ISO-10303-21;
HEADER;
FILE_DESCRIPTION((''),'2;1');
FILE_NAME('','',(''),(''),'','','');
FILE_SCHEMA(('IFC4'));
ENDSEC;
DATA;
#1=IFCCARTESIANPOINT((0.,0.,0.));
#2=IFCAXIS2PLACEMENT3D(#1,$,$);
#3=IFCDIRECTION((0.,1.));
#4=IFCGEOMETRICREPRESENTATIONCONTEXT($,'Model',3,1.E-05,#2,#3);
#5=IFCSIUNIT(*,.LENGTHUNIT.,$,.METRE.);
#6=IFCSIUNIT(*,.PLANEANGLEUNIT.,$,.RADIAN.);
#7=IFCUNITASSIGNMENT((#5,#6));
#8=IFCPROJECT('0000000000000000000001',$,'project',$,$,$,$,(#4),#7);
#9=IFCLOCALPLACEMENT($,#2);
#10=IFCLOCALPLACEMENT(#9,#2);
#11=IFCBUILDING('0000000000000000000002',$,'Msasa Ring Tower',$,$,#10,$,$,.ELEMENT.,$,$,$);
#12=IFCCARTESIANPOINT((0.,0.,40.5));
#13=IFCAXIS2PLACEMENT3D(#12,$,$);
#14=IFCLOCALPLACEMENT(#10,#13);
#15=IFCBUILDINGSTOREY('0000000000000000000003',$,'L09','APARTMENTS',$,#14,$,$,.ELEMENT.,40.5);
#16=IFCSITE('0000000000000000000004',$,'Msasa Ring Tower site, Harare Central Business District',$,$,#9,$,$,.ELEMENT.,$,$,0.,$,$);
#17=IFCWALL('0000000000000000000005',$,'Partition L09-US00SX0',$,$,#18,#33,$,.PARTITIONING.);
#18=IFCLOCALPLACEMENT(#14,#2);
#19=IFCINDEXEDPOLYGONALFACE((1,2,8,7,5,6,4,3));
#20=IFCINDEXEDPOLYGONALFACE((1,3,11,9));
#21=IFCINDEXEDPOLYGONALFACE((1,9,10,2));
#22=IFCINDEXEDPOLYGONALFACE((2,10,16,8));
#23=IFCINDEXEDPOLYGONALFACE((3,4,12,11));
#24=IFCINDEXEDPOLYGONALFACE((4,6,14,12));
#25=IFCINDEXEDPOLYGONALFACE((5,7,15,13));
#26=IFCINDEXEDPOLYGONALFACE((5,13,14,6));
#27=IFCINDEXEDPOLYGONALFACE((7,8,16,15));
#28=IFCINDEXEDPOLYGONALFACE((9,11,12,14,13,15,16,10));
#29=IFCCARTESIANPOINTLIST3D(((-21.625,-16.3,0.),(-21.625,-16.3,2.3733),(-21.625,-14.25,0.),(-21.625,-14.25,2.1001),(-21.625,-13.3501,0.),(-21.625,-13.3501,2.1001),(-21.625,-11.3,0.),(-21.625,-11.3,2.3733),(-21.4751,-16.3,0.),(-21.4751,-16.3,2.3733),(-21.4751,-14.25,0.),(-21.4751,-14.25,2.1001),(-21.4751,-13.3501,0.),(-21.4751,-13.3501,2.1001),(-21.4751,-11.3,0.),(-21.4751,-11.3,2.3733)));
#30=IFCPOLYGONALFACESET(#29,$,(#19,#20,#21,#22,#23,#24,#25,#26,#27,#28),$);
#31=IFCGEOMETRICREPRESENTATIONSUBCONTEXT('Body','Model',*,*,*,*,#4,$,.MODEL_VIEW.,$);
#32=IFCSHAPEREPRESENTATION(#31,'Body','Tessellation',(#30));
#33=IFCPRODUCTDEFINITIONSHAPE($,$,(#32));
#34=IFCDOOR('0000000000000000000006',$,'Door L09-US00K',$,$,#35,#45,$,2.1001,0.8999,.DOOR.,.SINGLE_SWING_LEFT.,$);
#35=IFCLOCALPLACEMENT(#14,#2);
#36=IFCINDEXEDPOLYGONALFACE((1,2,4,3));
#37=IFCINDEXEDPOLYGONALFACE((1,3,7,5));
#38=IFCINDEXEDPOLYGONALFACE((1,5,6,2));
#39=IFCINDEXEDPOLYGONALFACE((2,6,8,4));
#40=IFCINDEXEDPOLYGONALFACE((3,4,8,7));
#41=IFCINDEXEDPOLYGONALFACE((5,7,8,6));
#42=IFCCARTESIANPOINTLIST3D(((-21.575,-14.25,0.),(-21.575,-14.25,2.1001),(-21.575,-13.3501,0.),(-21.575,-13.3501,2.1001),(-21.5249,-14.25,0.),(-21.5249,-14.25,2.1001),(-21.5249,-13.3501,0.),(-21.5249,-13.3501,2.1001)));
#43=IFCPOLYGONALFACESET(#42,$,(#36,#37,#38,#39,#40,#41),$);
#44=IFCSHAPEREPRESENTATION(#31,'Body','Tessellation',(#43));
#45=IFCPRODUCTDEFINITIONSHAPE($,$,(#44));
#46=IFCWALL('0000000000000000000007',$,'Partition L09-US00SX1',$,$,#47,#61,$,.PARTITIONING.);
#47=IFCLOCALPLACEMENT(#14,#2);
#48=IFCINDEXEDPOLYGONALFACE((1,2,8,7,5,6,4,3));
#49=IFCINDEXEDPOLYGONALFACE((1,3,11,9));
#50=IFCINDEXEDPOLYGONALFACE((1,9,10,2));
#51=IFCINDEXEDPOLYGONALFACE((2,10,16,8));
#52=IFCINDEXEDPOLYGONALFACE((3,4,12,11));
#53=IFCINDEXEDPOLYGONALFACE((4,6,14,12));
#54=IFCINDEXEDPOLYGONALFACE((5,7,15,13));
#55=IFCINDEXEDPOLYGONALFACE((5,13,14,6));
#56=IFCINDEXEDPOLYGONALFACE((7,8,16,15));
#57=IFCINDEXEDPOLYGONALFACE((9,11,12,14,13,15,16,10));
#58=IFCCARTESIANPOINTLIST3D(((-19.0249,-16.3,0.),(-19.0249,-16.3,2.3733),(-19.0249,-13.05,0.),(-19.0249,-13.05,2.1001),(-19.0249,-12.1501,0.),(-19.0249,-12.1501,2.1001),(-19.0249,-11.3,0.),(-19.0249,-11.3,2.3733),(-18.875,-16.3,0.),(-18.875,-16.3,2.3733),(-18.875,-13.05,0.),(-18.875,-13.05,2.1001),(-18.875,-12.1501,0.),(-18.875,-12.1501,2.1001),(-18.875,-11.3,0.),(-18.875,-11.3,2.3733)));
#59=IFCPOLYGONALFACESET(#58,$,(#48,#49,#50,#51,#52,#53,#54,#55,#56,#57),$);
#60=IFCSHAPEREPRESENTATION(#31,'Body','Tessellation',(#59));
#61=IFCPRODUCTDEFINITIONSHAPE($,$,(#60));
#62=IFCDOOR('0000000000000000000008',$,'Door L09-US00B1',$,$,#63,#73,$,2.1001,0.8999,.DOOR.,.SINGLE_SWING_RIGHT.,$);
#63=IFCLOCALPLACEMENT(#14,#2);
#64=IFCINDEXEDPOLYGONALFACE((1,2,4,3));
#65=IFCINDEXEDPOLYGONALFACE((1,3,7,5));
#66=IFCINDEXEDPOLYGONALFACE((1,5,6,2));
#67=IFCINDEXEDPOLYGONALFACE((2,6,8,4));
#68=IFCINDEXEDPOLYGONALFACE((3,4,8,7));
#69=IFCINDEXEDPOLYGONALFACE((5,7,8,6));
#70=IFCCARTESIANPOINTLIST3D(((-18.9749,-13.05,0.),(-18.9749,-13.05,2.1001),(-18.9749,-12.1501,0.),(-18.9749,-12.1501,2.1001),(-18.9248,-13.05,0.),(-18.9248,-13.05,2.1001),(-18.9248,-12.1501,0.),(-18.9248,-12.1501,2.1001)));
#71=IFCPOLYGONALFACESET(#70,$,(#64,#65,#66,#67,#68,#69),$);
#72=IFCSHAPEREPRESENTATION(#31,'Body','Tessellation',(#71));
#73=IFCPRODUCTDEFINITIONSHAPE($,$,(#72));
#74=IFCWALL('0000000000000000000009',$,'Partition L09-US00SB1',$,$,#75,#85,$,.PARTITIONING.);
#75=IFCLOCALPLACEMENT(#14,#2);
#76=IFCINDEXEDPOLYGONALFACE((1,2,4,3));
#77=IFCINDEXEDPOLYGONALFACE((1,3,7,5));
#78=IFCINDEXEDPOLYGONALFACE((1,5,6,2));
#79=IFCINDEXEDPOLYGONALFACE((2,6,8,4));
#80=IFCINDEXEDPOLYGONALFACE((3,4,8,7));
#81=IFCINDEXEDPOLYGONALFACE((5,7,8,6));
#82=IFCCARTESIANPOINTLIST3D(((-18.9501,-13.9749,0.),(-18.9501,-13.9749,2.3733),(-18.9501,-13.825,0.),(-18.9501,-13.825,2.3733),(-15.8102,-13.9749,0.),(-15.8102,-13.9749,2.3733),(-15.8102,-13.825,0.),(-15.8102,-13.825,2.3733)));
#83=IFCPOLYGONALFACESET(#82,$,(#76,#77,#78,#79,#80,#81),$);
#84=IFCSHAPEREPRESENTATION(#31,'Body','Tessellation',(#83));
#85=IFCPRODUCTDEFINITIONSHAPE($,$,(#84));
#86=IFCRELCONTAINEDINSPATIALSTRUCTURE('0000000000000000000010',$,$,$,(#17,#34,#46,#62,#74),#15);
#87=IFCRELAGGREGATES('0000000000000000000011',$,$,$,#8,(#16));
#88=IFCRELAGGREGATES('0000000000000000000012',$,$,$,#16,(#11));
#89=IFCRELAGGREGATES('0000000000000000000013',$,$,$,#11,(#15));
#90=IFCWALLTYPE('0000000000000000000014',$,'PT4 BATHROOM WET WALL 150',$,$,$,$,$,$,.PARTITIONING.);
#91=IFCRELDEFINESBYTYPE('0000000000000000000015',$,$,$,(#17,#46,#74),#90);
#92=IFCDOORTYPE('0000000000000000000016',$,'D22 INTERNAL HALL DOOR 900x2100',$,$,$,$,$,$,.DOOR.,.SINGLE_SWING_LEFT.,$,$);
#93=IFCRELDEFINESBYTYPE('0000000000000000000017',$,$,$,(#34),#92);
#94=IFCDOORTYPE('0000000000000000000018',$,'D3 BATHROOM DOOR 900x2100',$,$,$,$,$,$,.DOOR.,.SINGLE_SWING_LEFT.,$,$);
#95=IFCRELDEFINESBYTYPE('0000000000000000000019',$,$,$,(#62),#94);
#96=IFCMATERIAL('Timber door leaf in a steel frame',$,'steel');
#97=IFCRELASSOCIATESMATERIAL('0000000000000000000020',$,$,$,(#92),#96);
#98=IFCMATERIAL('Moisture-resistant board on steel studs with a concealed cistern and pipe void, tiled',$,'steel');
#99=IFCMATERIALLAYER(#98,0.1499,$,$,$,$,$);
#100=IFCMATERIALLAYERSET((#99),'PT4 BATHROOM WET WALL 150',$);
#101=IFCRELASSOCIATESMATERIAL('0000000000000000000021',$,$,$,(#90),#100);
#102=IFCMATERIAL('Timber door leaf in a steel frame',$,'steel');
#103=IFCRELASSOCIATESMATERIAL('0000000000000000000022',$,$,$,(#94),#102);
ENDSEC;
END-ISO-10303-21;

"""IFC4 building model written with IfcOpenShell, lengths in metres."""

from ifc_helpers import new_model, si_unit, direction, frame, frame_2d, origin, place, context, subcontext, project, spatial, rectangle, extrude, material, layer, layer_set, type_object, element, fill, save


model = new_model("IFC4")

# Units and contexts
model_context = context("Model", 3, precision=1e-05, world=origin(), true_north=direction((0.0, 1.0)))
body_context = subcontext(model_context, "Body", "Model", "MODEL_VIEW")
ifc_project = project(units=[si_unit("LENGTHUNIT", "METRE"), si_unit("PLANEANGLEUNIT", "RADIAN")], contexts=[model_context])

# Site, building, storey
site_placement = place(None, origin())
site = spatial("IfcSite", under=ifc_project, at=site_placement, Name="Msasa Ring Tower site, Harare Central Business District", CompositionType="ELEMENT", RefElevation=0.0)
building_placement = place(site_placement, origin())
building = spatial("IfcBuilding", under=site, at=building_placement, Name="Msasa Ring Tower", CompositionType="ELEMENT")
storey_placement = place(building_placement, frame((0.0, 0.0, 40.5)))
storey = spatial("IfcBuildingStorey", under=building, at=storey_placement, Name="L09", Description="APARTMENTS", CompositionType="ELEMENT", Elevation=40.5)

# Shared definitions
ifc_material_1 = material(Name="Timber door leaf in a steel frame", Category="steel")
door_type_1 = type_object("IfcDoorType", Name="D22 INTERNAL HALL DOOR 900x2100", OperationType="SINGLE_SWING_LEFT", PredefinedType="DOOR", material=ifc_material_1)

# Walls, openings, doors
ifc_material_2 = material(Name="Moisture-resistant board on steel studs with a concealed cistern and pipe void, tiled", Category="steel")
ifc_layer_1 = layer(ifc_material_2, 0.1499)
ifc_layer_set_1 = layer_set([ifc_layer_1], Name="PT4 BATHROOM WET WALL 150")
wall_type_1 = type_object("IfcWallType", Name="PT4 BATHROOM WET WALL 150", PredefinedType="PARTITIONING", material=ifc_layer_set_1)
wall_1_placement = place(storey_placement, frame((-21.55, -16.3, 0.0), z_axis=(0.0, 0.0, 1.0), x_axis=(0.0, 1.0, 0.0)))
wall_1 = element("IfcWall", 1, at=wall_1_placement, inside=storey, type_object=wall_type_1, Name="Partition L09-US00SX0", PredefinedType="PARTITIONING", context=body_context, shape_type="SweptSolid", body=[
    extrude(rectangle(XDim=5.0, YDim=0.1499, at=frame_2d((2.5, 0.0))), origin(), (0.0, 0.0, 1.0), 2.3733),
])
opening_1_placement = place(wall_1_placement, frame((2.05, 0.0, 0.0)))
opening_1 = element("IfcOpeningElement", 2, at=opening_1_placement, cuts=wall_1, PredefinedType="OPENING", context=body_context, shape_type="SweptSolid", body=[
    extrude(rectangle(XDim=0.8999, YDim=2.1001, at=frame_2d((0.45, 1.05))), frame((0.0, 0.085, 0.0), z_axis=(0.0, -1.0, 0.0), x_axis=(1.0, 0.0, 0.0)), (0.0, 0.0, 1.0), 0.1699),
])
door_1_placement = place(opening_1_placement, origin())
door_1 = element("IfcDoor", 3, at=door_1_placement, inside=storey, type_object=door_type_1, Name="Door L09-US00K", OperationType="SINGLE_SWING_LEFT", OverallHeight=2.1001, OverallWidth=0.8999, PredefinedType="DOOR", context=body_context, shape_type="SweptSolid", body=[
    extrude(rectangle(XDim=0.8999, YDim=2.1001, at=frame_2d((0.45, 1.05))), frame((0.0, 0.0249, 0.0), z_axis=(0.0, -1.0, 0.0), x_axis=(1.0, 0.0, 0.0)), (0.0, 0.0, 1.0), 0.05),
])
fill(opening_1, door_1)
wall_2_placement = place(storey_placement, frame((-18.95, -16.3, 0.0), z_axis=(0.0, 0.0, 1.0), x_axis=(0.0, 1.0, 0.0)))
wall_2 = element("IfcWall", 4, at=wall_2_placement, inside=storey, type_object=wall_type_1, Name="Partition L09-US00SX1", PredefinedType="PARTITIONING", context=body_context, shape_type="SweptSolid", body=[
    extrude(rectangle(XDim=5.0, YDim=0.1499, at=frame_2d((2.5, 0.0))), origin(), (0.0, 0.0, 1.0), 2.3733),
])
opening_2_placement = place(wall_2_placement, frame((3.25, 0.0, 0.0)))
opening_2 = element("IfcOpeningElement", 5, at=opening_2_placement, cuts=wall_2, PredefinedType="OPENING", context=body_context, shape_type="SweptSolid", body=[
    extrude(rectangle(XDim=0.8999, YDim=2.1001, at=frame_2d((0.45, 1.05))), frame((0.0, 0.085, 0.0), z_axis=(0.0, -1.0, 0.0), x_axis=(1.0, 0.0, 0.0)), (0.0, 0.0, 1.0), 0.1699),
])
ifc_material_3 = material(Name="Timber door leaf in a steel frame", Category="steel")
door_type_2 = type_object("IfcDoorType", Name="D3 BATHROOM DOOR 900x2100", OperationType="SINGLE_SWING_LEFT", PredefinedType="DOOR", material=ifc_material_3)
door_2_placement = place(opening_2_placement, origin())
door_2 = element("IfcDoor", 6, at=door_2_placement, inside=storey, type_object=door_type_2, Name="Door L09-US00B1", OperationType="SINGLE_SWING_RIGHT", OverallHeight=2.1001, OverallWidth=0.8999, PredefinedType="DOOR", context=body_context, shape_type="SweptSolid", body=[
    extrude(rectangle(XDim=0.8999, YDim=2.1001, at=frame_2d((0.45, 1.05))), frame((0.0, 0.0249, 0.0), z_axis=(0.0, -1.0, 0.0), x_axis=(1.0, 0.0, 0.0)), (0.0, 0.0, 1.0), 0.05),
])
fill(opening_2, door_2)

# Wall
wall_3_placement = place(storey_placement, frame((-18.95, -13.8999, 0.0), z_axis=(0.0, 0.0, 1.0), x_axis=(1.0, 0.0, 0.0)))
element("IfcWall", 7, at=wall_3_placement, inside=storey, type_object=wall_type_1, Name="Partition L09-US00SB1", PredefinedType="PARTITIONING", context=body_context, shape_type="SweptSolid", body=[
    extrude(rectangle(XDim=3.1399, YDim=0.1499, at=frame_2d((1.5698, 0.0))), origin(), (0.0, 0.0, 1.0), 2.3733),
])

save(model, "model.ifc")
